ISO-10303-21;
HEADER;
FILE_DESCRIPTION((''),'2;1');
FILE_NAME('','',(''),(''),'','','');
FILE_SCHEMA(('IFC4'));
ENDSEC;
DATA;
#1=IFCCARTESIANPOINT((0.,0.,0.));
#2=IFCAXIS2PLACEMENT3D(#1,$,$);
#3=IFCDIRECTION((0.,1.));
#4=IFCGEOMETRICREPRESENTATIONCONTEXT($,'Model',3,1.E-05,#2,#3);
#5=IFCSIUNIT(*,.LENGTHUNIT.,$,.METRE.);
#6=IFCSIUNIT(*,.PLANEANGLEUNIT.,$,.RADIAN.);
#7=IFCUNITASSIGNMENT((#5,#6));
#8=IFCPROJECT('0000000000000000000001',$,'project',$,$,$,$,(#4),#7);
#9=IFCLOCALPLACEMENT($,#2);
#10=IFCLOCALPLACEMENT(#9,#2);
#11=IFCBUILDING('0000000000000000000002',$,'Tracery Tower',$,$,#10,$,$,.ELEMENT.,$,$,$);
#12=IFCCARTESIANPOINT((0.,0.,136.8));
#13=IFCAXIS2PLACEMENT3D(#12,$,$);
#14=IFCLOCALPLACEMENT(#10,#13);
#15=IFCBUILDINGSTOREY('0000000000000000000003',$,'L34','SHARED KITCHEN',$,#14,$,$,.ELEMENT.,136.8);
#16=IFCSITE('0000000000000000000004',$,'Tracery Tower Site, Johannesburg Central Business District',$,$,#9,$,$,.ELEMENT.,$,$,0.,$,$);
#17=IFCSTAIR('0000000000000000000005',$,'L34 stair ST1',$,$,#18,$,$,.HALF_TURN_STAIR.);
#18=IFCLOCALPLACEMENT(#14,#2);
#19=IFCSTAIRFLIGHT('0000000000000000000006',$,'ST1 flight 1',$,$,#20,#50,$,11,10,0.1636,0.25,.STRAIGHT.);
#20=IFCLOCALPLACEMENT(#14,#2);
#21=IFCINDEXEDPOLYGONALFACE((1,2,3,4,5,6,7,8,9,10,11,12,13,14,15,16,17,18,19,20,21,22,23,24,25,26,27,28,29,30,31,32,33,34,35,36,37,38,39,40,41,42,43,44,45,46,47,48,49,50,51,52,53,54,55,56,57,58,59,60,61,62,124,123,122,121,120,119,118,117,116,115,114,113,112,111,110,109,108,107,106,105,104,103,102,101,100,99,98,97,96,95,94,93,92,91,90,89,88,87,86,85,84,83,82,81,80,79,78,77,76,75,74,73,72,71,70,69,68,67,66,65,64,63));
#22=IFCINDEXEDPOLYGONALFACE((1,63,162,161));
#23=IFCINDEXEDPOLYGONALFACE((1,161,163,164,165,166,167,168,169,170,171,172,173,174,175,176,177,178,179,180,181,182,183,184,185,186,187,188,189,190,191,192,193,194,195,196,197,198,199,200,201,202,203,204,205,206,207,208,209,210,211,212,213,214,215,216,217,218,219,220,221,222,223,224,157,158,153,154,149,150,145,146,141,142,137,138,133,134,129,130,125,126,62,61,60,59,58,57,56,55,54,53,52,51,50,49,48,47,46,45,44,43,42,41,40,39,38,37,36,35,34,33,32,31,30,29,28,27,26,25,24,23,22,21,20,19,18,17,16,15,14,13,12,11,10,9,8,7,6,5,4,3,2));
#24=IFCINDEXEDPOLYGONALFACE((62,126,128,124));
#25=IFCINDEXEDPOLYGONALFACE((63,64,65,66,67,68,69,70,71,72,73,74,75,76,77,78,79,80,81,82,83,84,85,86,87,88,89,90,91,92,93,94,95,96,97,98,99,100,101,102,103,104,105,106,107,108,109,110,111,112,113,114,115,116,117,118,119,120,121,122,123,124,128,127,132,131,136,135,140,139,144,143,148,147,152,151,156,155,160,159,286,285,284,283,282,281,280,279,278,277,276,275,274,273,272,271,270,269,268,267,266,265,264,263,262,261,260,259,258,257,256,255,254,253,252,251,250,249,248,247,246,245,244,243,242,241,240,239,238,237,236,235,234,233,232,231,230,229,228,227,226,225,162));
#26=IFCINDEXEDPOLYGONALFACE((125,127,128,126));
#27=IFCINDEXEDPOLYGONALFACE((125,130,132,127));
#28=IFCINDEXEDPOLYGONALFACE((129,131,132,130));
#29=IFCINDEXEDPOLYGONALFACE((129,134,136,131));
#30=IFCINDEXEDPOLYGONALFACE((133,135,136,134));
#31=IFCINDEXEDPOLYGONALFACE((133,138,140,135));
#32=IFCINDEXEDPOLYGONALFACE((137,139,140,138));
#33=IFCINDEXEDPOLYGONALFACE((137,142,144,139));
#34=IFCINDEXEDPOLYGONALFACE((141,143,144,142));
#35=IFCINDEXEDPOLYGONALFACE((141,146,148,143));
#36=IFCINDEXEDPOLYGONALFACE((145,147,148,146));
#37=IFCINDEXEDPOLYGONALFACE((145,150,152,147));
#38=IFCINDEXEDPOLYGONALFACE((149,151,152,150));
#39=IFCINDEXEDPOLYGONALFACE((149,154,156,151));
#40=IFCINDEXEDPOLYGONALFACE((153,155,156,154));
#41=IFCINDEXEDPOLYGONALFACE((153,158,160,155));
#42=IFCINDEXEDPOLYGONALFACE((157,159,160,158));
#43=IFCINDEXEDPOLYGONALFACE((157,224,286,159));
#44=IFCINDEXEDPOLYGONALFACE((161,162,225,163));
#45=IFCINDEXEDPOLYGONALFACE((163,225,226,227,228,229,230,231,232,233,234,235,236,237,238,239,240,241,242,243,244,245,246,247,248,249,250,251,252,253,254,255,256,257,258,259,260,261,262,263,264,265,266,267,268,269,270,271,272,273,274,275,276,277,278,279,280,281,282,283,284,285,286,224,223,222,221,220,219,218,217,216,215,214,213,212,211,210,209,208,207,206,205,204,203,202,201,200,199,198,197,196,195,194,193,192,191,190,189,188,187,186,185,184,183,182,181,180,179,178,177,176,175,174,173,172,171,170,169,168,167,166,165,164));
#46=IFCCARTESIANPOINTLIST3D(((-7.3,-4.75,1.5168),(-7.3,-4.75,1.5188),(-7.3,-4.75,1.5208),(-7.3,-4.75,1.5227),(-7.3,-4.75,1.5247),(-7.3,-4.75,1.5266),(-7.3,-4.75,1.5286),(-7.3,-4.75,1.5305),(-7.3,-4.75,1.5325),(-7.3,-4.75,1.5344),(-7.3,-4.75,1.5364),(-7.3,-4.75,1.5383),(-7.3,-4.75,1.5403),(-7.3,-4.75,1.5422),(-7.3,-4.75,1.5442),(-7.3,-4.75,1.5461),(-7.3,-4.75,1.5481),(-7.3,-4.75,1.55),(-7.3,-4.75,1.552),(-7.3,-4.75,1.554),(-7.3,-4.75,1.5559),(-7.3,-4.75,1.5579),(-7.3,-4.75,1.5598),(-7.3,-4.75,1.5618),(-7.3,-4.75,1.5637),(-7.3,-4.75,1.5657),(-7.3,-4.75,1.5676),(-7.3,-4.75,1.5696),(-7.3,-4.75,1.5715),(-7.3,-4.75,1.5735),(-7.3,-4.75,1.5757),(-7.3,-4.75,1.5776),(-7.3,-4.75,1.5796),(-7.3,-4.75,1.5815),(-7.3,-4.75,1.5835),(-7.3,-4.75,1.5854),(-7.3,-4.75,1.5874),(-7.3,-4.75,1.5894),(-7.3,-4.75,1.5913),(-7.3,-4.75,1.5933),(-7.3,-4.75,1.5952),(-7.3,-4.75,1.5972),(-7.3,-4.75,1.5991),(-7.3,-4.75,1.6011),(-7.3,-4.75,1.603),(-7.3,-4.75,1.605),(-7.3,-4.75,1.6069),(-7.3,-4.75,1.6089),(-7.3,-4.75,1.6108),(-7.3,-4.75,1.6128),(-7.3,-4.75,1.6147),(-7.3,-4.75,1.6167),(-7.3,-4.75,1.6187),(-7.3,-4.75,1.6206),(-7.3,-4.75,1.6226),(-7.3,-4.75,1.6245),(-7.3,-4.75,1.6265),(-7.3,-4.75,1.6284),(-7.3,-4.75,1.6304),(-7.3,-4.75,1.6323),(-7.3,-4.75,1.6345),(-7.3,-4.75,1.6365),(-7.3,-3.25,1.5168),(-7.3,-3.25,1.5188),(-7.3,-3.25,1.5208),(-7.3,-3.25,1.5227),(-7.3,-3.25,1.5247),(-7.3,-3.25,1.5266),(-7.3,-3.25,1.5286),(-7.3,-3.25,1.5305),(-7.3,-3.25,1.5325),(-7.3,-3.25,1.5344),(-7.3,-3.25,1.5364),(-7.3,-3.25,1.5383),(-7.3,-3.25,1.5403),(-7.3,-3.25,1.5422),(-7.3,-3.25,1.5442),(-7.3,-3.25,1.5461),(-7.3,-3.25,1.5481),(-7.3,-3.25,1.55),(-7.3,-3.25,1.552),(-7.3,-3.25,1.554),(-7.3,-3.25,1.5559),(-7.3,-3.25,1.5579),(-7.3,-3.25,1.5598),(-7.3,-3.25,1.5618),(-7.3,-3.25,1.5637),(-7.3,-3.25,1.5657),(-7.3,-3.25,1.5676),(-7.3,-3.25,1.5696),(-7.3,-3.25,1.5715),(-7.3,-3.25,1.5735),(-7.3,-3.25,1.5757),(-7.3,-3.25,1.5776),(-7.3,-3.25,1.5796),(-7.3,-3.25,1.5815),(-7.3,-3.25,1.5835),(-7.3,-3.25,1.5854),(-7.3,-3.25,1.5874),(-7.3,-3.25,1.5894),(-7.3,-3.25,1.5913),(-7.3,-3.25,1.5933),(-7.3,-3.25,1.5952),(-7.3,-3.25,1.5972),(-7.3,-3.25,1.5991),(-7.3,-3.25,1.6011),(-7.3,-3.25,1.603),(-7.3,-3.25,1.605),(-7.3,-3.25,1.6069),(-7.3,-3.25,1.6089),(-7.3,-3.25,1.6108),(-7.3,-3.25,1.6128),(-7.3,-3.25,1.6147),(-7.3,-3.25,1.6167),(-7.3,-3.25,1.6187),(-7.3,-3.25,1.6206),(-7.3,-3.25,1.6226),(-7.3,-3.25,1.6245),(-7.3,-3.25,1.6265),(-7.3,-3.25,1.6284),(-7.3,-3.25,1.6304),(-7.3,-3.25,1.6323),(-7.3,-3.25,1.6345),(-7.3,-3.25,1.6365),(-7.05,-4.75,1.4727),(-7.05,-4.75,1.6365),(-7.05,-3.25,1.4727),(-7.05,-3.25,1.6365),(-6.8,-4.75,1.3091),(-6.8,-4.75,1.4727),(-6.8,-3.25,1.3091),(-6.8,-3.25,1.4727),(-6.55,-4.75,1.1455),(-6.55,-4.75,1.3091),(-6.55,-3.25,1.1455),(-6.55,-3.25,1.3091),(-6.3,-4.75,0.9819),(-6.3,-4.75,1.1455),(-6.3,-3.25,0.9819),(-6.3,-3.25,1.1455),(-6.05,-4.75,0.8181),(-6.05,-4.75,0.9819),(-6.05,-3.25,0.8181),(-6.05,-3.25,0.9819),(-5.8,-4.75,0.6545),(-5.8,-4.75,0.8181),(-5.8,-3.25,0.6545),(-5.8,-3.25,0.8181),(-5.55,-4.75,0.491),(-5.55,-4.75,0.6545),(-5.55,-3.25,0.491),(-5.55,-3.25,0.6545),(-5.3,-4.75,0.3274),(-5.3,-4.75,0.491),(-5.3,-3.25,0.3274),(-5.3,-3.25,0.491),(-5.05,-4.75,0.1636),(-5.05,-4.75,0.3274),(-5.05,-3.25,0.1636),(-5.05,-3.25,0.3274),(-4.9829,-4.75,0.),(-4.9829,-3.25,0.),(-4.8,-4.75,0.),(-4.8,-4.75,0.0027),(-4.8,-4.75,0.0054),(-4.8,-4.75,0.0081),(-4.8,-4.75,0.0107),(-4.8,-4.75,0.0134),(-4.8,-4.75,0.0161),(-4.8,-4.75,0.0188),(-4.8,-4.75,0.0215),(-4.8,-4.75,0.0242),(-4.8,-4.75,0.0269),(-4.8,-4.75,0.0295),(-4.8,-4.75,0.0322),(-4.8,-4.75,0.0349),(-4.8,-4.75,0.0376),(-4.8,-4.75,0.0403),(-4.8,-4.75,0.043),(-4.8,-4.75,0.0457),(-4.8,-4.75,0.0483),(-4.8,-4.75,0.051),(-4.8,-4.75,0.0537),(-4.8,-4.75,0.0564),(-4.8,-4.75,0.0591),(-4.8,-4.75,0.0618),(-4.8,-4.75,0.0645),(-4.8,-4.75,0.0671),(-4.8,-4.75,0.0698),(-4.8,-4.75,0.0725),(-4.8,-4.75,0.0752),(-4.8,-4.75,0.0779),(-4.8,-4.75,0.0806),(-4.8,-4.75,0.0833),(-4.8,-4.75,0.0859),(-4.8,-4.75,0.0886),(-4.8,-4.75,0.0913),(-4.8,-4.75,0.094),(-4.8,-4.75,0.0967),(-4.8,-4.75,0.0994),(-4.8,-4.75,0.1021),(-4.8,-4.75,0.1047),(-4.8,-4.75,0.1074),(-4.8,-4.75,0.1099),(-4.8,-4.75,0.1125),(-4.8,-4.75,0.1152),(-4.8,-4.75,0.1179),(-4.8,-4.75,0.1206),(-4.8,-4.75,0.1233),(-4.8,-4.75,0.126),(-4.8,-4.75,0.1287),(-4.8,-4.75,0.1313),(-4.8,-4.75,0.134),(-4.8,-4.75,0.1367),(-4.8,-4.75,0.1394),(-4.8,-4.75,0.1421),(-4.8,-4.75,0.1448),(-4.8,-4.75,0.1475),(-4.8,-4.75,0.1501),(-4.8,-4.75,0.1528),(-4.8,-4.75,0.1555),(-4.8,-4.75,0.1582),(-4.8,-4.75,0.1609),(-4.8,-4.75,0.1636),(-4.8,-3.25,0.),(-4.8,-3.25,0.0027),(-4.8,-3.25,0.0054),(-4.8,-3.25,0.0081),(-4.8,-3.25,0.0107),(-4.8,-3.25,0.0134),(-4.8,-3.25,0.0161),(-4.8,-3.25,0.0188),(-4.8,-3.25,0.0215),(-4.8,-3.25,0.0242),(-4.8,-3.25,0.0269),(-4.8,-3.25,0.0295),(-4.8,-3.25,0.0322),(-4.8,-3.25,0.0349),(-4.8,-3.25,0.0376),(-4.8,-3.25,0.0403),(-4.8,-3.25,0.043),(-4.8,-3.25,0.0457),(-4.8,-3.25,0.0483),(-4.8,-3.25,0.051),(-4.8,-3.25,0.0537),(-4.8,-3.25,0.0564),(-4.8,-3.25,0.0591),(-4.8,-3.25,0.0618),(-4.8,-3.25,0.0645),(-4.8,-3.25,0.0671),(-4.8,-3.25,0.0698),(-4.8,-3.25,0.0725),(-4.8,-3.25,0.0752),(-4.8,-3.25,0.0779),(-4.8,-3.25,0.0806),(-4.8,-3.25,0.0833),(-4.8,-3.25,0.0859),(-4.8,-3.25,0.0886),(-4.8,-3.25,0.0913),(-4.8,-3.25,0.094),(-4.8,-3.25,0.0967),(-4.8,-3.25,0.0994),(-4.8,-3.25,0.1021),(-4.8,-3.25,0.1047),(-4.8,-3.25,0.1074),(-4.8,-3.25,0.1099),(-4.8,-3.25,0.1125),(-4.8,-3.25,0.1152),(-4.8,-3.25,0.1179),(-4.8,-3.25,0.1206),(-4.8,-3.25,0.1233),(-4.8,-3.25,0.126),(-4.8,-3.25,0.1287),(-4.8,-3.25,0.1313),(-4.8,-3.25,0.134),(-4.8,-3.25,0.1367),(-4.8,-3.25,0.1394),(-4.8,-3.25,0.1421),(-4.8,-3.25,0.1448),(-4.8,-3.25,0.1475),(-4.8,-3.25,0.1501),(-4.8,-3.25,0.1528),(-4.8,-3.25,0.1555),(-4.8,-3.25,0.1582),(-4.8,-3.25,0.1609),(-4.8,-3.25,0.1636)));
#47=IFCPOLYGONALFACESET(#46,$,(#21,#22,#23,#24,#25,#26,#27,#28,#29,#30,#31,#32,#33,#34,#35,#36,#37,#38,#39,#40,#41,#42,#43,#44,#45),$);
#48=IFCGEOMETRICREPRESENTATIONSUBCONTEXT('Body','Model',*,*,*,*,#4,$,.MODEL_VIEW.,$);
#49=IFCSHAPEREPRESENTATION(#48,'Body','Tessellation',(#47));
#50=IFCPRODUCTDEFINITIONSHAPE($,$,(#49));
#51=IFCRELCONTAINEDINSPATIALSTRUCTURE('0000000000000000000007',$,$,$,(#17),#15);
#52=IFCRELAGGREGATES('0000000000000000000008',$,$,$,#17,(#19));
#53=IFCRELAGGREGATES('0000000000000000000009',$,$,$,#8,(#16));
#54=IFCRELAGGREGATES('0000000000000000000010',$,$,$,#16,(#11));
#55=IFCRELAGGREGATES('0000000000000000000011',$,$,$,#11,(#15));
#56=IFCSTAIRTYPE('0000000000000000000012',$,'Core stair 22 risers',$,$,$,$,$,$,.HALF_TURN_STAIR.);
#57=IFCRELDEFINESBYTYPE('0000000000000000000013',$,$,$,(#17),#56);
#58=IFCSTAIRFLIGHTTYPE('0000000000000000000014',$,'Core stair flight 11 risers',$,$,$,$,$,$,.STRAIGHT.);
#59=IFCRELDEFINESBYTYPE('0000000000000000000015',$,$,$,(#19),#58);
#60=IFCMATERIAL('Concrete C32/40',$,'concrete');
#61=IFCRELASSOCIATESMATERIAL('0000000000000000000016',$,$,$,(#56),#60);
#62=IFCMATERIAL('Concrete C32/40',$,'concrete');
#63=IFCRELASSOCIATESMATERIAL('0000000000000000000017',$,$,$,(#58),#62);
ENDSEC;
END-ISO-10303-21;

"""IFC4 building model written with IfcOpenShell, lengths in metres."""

from ifc_helpers import new_model, si_unit, direction, frame, origin, place, context, subcontext, project, spatial, polyline, outline, extrude, material, type_object, element, aggregate, save


model = new_model("IFC4")

# Units and contexts
model_context = context("Model", 3, precision=1e-05, world=origin(), true_north=direction((0.0, 1.0)))
body_context = subcontext(model_context, "Body", "Model", "MODEL_VIEW")
ifc_project = project(units=[si_unit("LENGTHUNIT", "METRE"), si_unit("PLANEANGLEUNIT", "RADIAN")], contexts=[model_context])

# Site, building, storey
site_placement = place(None, origin())
site = spatial("IfcSite", under=ifc_project, at=site_placement, Name="Tracery Tower Site, Johannesburg Central Business District", CompositionType="ELEMENT", RefElevation=0.0)
building_placement = place(site_placement, origin())
building = spatial("IfcBuilding", under=site, at=building_placement, Name="Tracery Tower", CompositionType="ELEMENT")
storey_placement = place(building_placement, frame((0.0, 0.0, 136.8)))
storey = spatial("IfcBuildingStorey", under=building, at=storey_placement, Name="L34", Description="SHARED KITCHEN", CompositionType="ELEMENT", Elevation=136.8)

# Stair, stair flight
ifc_material_1 = material(Name="Concrete C32/40", Category="concrete")
stair_type = type_object("IfcStairType", Name="Core stair 22 risers", PredefinedType="HALF_TURN_STAIR", material=ifc_material_1)
stair_placement = place(storey_placement, origin())
stair = element("IfcStair", 1, at=stair_placement, inside=storey, type_object=stair_type, Name="L34 stair ST1", PredefinedType="HALF_TURN_STAIR")
ifc_material_2 = material(Name="Concrete C32/40", Category="concrete")
stair_flight_type = type_object("IfcStairFlightType", Name="Core stair flight 11 risers", PredefinedType="STRAIGHT", material=ifc_material_2)
stair_flight_1_placement = place(storey_placement, frame((-4.8, -4.0, 0.0), z_axis=(0.0, 0.0, 1.0), x_axis=(-1.0, 0.0, 0.0)))
stair_flight_1 = element("IfcStairFlight", 2, at=stair_flight_1_placement, type_object=stair_flight_type, Name="ST1 flight 1", NumberOfRisers=11, NumberOfTreads=10, PredefinedType="STRAIGHT", RiserHeight=0.1636, TreadLength=0.25, context=body_context, shape_type="SweptSolid", body=[
    extrude(outline(polyline([(0.0, 0.0), (0.0, 0.0027), (0.0, 0.0054), (0.0, 0.0081), (0.0, 0.0107), (0.0, 0.0134), (0.0, 0.0161), (0.0, 0.0188), (0.0, 0.0215), (0.0, 0.0242), (0.0, 0.0269), (0.0, 0.0295), (0.0, 0.0322), (0.0, 0.0349), (0.0, 0.0376), (0.0, 0.0403), (0.0, 0.043), (0.0, 0.0457), (0.0, 0.0483), (0.0, 0.051), (0.0, 0.0537), (0.0, 0.0564), (0.0, 0.0591), (0.0, 0.0618), (0.0, 0.0645), (0.0, 0.0671), (0.0, 0.0698), (0.0, 0.0725), (0.0, 0.0752), (0.0, 0.0779), (0.0, 0.0806), (0.0, 0.0833), (0.0, 0.0859), (0.0, 0.0886), (0.0, 0.0913), (0.0, 0.094), (0.0, 0.0967), (0.0, 0.0994), (0.0, 0.1021), (0.0, 0.1047), (0.0, 0.1074), (0.0, 0.1099), (0.0, 0.1125), (0.0, 0.1152), (0.0, 0.1179), (0.0, 0.1206), (0.0, 0.1233), (0.0, 0.126), (0.0, 0.1287), (0.0, 0.1313), (0.0, 0.134), (0.0, 0.1367), (0.0, 0.1394), (0.0, 0.1421), (0.0, 0.1448), (0.0, 0.1475), (0.0, 0.1501), (0.0, 0.1528), (0.0, 0.1555), (0.0, 0.1582), (0.0, 0.1609), (0.0, 0.1636), (0.25, 0.1636), (0.25, 0.3274), (0.5, 0.3274), (0.5, 0.491), (0.75, 0.491), (0.75, 0.6545), (1.0, 0.6545), (1.0, 0.8181), (1.25, 0.8181), (1.25, 0.9819), (1.5, 0.9819), (1.5, 1.1455), (1.75, 1.1455), (1.75, 1.3091), (2.0, 1.3091), (2.0, 1.4727), (2.25, 1.4727), (2.25, 1.6365), (2.5, 1.6365), (2.5, 1.6345), (2.5, 1.6323), (2.5, 1.6304), (2.5, 1.6284), (2.5, 1.6265), (2.5, 1.6245), (2.5, 1.6226), (2.5, 1.6206), (2.5, 1.6187), (2.5, 1.6167), (2.5, 1.6147), (2.5, 1.6128), (2.5, 1.6108), (2.5, 1.6089), (2.5, 1.6069), (2.5, 1.605), (2.5, 1.603), (2.5, 1.6011), (2.5, 1.5991), (2.5, 1.5972), (2.5, 1.5952), (2.5, 1.5933), (2.5, 1.5913), (2.5, 1.5894), (2.5, 1.5874), (2.5, 1.5854), (2.5, 1.5835), (2.5, 1.5815), (2.5, 1.5796), (2.5, 1.5776), (2.5, 1.5757), (2.5, 1.5735), (2.5, 1.5715), (2.5, 1.5696), (2.5, 1.5676), (2.5, 1.5657), (2.5, 1.5637), (2.5, 1.5618), (2.5, 1.5598), (2.5, 1.5579), (2.5, 1.5559), (2.5, 1.554), (2.5, 1.552), (2.5, 1.55), (2.5, 1.5481), (2.5, 1.5461), (2.5, 1.5442), (2.5, 1.5422), (2.5, 1.5403), (2.5, 1.5383), (2.5, 1.5364), (2.5, 1.5344), (2.5, 1.5325), (2.5, 1.5305), (2.5, 1.5286), (2.5, 1.5266), (2.5, 1.5247), (2.5, 1.5227), (2.5, 1.5208), (2.5, 1.5188), (2.5, 1.5168), (0.1829, 0.0), (0.0, 0.0)])), frame((0.0, 0.75, 0.0), z_axis=(0.0, -1.0, 0.0), x_axis=(1.0, 0.0, 0.0)), (0.0, 0.0, 1.0), 1.5),
])
aggregate(stair, [stair_flight_1])

save(model, "model.ifc")
